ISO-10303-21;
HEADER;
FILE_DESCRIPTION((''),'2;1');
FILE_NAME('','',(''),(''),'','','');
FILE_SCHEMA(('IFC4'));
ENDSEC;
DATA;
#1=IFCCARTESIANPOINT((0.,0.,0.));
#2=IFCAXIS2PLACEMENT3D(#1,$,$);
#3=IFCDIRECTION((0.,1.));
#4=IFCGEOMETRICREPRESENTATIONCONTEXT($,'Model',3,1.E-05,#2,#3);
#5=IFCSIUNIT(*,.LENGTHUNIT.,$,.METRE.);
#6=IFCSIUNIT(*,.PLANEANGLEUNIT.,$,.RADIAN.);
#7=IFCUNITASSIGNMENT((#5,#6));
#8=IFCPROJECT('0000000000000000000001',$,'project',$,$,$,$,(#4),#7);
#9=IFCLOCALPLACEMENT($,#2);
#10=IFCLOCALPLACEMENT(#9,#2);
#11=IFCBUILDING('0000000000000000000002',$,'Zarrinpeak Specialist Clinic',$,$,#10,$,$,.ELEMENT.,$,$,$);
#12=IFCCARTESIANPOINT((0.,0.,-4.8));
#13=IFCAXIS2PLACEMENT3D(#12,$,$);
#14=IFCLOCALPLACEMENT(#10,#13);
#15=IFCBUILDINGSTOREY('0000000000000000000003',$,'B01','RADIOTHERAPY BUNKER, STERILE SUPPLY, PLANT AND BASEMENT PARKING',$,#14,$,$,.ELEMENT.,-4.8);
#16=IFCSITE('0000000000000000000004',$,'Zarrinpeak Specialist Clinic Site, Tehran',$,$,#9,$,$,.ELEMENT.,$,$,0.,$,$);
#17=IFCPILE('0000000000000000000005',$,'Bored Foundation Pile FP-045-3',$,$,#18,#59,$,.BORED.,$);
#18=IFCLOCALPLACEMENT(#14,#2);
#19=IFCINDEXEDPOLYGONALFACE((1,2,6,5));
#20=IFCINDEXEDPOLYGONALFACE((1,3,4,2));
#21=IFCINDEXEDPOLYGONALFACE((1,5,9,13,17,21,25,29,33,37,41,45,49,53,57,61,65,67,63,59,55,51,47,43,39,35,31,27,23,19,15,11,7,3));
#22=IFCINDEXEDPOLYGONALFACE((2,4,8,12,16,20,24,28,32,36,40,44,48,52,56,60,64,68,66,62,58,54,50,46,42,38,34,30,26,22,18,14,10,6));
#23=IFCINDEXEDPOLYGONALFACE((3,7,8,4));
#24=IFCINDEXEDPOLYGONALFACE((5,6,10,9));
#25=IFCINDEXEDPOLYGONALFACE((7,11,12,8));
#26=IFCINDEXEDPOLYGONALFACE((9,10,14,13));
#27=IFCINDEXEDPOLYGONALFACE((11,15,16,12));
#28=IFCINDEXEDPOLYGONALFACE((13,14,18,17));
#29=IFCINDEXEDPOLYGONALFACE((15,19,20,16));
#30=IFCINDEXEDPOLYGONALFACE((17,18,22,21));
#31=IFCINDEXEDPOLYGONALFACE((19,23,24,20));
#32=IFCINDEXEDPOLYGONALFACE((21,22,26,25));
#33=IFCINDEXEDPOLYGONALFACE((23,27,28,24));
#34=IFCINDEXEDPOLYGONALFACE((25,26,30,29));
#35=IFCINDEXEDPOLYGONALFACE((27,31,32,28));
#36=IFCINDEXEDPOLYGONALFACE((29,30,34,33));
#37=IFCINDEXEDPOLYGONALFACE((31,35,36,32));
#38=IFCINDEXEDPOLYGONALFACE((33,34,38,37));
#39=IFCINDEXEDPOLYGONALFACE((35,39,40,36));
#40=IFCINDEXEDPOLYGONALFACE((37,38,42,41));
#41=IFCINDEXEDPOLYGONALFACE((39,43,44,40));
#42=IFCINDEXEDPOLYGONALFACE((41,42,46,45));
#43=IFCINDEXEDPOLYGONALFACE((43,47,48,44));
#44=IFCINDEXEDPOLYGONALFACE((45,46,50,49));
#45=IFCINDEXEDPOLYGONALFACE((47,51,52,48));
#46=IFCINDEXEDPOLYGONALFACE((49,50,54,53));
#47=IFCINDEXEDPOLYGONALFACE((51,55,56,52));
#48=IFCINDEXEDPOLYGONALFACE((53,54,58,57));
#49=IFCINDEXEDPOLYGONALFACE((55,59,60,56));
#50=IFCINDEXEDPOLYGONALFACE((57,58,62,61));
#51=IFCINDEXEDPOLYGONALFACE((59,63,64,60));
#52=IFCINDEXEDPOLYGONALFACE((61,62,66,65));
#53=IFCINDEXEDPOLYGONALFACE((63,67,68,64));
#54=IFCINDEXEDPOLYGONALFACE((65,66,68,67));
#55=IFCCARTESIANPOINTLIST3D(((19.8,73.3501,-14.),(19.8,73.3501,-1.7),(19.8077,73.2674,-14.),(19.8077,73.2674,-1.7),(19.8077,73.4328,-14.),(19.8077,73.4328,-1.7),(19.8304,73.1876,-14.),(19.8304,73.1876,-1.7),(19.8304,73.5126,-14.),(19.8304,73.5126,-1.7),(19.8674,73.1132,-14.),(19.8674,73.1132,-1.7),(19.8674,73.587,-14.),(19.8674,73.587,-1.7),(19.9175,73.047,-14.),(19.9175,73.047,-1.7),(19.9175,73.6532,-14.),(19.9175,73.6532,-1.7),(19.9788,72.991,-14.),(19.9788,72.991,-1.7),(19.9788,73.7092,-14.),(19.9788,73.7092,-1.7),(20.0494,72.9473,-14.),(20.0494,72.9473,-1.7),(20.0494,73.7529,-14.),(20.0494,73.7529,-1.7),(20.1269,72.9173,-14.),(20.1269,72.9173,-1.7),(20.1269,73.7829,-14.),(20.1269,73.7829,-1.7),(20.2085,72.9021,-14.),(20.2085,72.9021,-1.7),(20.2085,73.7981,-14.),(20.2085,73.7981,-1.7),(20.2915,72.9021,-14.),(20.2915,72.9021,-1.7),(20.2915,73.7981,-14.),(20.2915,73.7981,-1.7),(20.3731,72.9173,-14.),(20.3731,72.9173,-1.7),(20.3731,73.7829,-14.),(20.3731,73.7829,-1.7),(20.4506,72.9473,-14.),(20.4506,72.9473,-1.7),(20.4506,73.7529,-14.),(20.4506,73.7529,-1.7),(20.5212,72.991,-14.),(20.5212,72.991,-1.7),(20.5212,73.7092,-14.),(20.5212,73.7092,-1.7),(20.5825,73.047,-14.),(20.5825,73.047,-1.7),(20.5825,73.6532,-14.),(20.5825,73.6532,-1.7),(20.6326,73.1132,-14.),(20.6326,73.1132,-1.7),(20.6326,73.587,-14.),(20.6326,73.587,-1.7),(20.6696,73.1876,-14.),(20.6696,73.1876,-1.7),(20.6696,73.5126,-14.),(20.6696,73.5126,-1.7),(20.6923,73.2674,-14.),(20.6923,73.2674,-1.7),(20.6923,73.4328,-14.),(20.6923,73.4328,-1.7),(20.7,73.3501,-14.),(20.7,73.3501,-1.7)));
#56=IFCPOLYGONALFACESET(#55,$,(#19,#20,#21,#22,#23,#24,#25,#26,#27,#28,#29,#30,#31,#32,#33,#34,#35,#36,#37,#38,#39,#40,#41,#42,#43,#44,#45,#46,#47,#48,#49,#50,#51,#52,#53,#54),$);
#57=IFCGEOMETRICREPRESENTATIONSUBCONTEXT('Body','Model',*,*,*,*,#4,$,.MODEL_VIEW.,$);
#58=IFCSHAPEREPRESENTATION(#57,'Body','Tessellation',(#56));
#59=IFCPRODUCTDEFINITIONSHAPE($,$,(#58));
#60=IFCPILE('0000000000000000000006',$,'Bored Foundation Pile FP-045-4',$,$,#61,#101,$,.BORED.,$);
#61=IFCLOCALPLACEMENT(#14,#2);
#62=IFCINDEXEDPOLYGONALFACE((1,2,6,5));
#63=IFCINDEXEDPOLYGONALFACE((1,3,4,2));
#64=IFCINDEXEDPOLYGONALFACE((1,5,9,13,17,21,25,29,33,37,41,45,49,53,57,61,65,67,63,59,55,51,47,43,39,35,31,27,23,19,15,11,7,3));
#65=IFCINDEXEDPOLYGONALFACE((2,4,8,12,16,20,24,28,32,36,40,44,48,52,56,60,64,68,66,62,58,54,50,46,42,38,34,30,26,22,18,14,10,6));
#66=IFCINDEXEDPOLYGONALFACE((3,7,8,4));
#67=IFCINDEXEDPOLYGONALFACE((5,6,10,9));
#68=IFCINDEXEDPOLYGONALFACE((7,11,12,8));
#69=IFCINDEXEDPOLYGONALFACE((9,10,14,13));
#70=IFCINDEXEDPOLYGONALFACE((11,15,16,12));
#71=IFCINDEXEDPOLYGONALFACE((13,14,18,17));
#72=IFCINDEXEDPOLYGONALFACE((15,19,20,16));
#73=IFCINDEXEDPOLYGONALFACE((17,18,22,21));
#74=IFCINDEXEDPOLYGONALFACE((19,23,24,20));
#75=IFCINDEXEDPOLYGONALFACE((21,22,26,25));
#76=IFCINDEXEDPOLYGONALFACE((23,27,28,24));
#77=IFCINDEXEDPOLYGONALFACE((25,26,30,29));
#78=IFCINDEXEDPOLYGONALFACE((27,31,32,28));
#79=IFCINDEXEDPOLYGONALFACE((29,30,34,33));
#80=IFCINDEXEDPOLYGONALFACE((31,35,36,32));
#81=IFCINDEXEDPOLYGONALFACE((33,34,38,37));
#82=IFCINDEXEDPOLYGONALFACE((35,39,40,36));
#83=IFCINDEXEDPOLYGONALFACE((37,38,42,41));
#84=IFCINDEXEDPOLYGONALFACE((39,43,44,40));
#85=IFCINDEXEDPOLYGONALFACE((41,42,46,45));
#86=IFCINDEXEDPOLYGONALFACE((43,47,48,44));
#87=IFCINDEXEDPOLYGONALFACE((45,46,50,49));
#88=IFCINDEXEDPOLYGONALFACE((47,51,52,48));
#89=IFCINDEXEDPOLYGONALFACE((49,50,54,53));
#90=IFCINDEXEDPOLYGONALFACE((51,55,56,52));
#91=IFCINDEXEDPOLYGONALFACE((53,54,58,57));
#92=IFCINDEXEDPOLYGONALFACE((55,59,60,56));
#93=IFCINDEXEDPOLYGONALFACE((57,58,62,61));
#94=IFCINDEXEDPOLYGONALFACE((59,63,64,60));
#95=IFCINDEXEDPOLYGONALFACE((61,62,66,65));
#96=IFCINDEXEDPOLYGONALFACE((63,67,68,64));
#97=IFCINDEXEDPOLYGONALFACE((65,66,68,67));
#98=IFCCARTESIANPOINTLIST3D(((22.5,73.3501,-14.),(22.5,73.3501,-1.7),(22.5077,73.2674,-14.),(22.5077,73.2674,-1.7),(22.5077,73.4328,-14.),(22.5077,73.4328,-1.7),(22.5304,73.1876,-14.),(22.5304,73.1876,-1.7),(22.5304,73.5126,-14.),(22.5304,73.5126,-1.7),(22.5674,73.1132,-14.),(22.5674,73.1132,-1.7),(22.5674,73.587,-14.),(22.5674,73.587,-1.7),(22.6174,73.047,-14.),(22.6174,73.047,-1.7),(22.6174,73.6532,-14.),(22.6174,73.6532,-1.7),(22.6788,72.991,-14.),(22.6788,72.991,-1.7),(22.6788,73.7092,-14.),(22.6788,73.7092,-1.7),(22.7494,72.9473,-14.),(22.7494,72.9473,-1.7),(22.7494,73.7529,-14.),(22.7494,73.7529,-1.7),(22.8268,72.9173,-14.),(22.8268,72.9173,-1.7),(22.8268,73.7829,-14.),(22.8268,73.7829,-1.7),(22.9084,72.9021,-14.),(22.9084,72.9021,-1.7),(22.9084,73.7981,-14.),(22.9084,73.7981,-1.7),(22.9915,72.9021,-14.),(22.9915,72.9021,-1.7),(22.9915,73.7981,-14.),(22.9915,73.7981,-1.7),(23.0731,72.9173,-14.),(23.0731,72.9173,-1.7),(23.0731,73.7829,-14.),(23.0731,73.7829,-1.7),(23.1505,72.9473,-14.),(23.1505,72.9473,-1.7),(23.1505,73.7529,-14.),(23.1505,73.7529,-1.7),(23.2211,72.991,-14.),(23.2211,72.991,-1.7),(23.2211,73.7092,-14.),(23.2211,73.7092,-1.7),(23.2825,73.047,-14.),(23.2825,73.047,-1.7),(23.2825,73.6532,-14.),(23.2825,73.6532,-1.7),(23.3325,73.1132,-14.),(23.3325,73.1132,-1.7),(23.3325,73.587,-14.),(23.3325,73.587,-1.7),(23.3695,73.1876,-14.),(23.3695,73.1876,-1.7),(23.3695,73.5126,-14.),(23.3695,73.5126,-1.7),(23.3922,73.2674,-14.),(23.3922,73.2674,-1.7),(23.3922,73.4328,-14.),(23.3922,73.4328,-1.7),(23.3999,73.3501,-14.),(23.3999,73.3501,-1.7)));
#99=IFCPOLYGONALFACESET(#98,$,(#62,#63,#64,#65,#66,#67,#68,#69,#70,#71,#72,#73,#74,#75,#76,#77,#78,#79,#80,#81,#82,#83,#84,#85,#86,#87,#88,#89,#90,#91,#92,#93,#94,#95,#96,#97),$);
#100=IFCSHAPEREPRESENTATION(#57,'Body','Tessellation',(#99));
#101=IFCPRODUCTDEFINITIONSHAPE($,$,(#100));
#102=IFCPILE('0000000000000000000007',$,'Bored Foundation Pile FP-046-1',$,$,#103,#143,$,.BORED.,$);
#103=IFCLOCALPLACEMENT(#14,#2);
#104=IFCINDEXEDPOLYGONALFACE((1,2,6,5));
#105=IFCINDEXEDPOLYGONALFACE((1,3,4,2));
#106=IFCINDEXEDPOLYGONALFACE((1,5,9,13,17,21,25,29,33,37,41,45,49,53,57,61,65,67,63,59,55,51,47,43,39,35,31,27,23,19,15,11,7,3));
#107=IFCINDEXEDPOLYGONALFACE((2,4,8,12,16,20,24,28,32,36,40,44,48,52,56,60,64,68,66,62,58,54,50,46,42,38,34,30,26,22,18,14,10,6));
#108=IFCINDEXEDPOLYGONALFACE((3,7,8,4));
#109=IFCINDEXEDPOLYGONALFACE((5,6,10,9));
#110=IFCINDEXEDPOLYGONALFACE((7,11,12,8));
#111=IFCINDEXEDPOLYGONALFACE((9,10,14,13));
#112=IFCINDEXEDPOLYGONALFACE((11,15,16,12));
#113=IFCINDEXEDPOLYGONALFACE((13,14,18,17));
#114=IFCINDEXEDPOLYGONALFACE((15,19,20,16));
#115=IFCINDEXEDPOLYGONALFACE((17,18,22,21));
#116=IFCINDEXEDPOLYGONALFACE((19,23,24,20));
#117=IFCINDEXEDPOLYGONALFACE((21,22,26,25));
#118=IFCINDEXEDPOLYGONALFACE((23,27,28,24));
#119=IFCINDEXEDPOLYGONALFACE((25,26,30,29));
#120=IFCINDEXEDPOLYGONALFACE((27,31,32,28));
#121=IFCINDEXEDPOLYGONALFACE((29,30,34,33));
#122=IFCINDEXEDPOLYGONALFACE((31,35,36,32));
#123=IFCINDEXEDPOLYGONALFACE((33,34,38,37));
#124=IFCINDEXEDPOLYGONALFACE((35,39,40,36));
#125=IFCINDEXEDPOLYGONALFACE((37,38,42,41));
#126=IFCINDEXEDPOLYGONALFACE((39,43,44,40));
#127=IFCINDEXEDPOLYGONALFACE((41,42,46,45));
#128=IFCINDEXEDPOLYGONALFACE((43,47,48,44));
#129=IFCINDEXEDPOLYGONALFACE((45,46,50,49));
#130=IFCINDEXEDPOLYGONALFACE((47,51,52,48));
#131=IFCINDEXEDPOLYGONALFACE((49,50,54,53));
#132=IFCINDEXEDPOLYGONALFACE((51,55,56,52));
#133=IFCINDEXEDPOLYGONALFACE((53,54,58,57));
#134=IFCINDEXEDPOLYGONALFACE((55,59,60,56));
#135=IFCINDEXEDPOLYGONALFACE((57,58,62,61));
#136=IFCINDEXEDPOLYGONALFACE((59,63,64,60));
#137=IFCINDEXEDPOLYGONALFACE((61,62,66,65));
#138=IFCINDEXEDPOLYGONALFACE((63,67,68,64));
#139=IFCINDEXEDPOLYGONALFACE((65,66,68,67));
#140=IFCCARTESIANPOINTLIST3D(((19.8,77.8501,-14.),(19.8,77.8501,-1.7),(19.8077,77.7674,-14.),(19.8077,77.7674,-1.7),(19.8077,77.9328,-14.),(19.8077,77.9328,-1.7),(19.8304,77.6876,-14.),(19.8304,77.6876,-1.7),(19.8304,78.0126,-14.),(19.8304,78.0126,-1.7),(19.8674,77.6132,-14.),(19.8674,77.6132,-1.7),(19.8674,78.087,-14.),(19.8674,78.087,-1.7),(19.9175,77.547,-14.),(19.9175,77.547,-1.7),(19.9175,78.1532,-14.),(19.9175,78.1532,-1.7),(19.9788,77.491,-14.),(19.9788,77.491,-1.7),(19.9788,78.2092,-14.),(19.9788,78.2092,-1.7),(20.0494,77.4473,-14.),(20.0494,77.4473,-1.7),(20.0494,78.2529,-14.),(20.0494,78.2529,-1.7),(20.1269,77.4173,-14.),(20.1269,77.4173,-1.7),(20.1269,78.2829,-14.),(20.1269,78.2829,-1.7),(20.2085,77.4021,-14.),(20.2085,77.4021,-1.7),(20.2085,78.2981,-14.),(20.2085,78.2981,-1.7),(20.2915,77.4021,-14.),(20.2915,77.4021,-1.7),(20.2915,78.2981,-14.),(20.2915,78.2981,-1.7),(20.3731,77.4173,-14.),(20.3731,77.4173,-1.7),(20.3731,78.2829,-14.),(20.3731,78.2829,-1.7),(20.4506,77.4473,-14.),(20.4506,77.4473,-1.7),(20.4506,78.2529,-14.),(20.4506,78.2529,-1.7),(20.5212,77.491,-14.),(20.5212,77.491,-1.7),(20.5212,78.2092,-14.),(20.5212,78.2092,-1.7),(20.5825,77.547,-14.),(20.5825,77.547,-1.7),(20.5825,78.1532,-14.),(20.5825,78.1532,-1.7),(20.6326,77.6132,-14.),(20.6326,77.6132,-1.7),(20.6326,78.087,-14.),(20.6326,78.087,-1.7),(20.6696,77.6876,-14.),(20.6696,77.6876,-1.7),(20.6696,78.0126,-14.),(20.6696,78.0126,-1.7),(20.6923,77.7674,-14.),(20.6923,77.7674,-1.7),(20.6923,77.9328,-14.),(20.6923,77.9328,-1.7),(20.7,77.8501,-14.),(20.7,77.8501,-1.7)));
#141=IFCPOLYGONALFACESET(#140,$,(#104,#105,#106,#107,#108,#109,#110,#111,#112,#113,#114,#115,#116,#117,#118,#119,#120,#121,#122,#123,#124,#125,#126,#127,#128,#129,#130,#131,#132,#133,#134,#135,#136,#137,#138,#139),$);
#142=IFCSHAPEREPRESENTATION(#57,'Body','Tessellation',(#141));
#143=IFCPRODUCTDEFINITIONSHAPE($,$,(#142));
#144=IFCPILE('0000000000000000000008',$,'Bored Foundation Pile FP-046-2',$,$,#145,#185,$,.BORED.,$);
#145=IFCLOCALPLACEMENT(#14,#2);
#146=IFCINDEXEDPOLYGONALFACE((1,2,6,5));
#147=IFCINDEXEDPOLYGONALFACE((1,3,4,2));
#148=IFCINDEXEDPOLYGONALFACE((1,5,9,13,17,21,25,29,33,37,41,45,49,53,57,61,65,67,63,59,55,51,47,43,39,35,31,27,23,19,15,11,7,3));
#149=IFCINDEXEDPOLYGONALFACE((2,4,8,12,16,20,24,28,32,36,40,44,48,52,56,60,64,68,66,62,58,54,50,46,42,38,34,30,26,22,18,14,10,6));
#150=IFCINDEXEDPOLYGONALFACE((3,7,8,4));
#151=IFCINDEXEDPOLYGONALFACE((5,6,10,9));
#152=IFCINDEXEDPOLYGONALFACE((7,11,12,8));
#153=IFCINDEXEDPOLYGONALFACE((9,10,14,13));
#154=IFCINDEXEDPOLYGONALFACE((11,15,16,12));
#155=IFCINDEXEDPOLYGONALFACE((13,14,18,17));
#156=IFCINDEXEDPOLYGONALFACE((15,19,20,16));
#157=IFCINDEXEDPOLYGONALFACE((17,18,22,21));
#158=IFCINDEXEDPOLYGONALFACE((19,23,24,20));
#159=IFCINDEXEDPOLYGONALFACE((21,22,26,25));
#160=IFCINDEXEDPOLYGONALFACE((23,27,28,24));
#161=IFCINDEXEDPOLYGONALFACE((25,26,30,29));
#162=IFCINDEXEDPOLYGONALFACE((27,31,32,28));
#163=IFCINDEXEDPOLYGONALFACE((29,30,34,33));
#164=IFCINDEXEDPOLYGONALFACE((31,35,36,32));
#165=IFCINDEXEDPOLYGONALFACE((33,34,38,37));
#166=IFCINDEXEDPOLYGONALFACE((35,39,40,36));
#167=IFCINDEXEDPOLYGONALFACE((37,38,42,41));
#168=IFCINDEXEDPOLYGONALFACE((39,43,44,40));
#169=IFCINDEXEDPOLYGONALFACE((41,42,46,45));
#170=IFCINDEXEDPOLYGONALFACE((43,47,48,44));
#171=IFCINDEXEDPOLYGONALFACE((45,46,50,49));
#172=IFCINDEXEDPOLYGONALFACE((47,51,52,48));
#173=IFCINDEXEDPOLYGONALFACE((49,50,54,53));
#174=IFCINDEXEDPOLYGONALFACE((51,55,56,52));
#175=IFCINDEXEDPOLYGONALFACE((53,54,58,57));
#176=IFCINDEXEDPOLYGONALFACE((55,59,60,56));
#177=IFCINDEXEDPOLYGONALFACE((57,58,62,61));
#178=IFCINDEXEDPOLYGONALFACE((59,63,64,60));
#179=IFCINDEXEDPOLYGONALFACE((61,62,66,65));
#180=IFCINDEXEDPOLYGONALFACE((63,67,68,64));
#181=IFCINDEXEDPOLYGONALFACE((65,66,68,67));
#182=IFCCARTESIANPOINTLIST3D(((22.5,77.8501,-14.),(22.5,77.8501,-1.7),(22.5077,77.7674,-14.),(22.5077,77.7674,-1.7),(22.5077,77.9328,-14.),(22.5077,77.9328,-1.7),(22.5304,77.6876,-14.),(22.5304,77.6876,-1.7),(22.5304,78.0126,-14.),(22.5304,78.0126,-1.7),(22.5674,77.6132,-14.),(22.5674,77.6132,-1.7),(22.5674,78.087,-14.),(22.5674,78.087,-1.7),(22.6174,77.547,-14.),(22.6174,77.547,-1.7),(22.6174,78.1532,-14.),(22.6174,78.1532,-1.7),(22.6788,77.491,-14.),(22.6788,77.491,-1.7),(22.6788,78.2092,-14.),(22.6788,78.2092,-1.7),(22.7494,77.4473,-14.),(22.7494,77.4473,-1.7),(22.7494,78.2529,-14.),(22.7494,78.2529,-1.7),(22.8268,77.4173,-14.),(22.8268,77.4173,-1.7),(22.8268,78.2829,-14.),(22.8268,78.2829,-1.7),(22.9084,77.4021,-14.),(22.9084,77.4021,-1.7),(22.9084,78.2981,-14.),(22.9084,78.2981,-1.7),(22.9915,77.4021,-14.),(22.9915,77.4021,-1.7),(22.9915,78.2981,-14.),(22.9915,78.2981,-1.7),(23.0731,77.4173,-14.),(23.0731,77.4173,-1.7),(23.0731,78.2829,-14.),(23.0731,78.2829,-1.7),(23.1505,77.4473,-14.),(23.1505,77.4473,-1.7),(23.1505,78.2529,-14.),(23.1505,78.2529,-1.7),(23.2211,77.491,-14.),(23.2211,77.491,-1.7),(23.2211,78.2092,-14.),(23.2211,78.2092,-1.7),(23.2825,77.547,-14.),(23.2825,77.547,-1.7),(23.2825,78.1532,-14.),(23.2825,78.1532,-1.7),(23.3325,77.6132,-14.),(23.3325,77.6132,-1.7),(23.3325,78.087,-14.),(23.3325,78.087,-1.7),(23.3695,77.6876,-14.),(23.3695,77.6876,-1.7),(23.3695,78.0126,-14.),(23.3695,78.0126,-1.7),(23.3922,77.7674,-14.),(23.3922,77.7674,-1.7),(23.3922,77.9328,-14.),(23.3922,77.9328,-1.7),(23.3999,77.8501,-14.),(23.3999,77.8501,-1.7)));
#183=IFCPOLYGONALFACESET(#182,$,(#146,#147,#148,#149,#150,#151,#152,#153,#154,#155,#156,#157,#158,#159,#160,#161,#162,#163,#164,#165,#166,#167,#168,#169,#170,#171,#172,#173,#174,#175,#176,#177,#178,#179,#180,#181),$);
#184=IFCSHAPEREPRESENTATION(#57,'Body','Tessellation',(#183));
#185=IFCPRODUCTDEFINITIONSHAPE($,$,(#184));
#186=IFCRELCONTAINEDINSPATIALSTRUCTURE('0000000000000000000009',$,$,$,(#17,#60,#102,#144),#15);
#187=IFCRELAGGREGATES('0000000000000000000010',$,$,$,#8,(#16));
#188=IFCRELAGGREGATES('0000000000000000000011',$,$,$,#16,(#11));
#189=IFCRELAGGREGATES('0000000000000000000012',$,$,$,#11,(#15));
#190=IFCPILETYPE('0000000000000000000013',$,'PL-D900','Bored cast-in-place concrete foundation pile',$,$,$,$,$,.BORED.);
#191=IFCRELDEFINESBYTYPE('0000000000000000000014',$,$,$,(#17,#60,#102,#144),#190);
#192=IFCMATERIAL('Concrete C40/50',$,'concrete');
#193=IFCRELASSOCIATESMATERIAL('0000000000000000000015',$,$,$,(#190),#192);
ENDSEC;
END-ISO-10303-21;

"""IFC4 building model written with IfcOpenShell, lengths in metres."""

from ifc_helpers import new_model, si_unit, direction, frame, origin, origin_2d, place, context, subcontext, project, spatial, circle, extrude, material, material_profile, profile_set, type_object, element, save


model = new_model("IFC4")

# Units and contexts
model_context = context("Model", 3, precision=1e-05, world=origin(), true_north=direction((0.0, 1.0)))
body_context = subcontext(model_context, "Body", "Model", "MODEL_VIEW")
ifc_project = project(units=[si_unit("LENGTHUNIT", "METRE"), si_unit("PLANEANGLEUNIT", "RADIAN")], contexts=[model_context])

# Site, building, storey
site_placement = place(None, origin())
site = spatial("IfcSite", under=ifc_project, at=site_placement, Name="Zarrinpeak Specialist Clinic Site, Tehran", CompositionType="ELEMENT", RefElevation=0.0)
building_placement = place(site_placement, origin())
building = spatial("IfcBuilding", under=site, at=building_placement, Name="Zarrinpeak Specialist Clinic", CompositionType="ELEMENT")
storey_placement = place(building_placement, frame((0.0, 0.0, -4.8)))
storey = spatial("IfcBuildingStorey", under=building, at=storey_placement, Name="B01", Description="RADIOTHERAPY BUNKER, STERILE SUPPLY, PLANT AND BASEMENT PARKING", CompositionType="ELEMENT", Elevation=-4.8)

# Shared definitions
ifc_material_1 = material(Name="Concrete C40/50", Category="concrete")

# Piles
ifc_material_profile_1 = material_profile(ifc_material_1, circle(Radius=0.45, at=origin_2d()), Name="BORED PILE D900")
ifc_profile_set_1 = profile_set([ifc_material_profile_1], Name="Concrete C40/50")
pile_type = type_object("IfcPileType", Name="PL-D900", Description="Bored cast-in-place concrete foundation pile", PredefinedType="BORED", material=ifc_profile_set_1)
for number, where, z_axis, x_axis, name in (
    (1, (20.25, 73.3501, -1.7), (0.0, 0.0, -1.0), (1.0, 0.0, 0.0), "Bored Foundation Pile FP-045-3"),
    (2, (22.95, 73.3501, -1.7), (0.0, 0.0, -1.0), (1.0, 0.0, 0.0), "Bored Foundation Pile FP-045-4"),
    (3, (20.25, 77.8501, -1.7), (0.0, 0.0, -1.0), (1.0, 0.0, 0.0), "Bored Foundation Pile FP-046-1"),
    (4, (22.95, 77.8501, -1.7), (0.0, 0.0, -1.0), (1.0, 0.0, 0.0), "Bored Foundation Pile FP-046-2"),
):
    element("IfcPile", number, at=place(storey_placement, frame(where, z_axis=z_axis, x_axis=x_axis)), inside=storey, type_object=pile_type, Name=name, PredefinedType="BORED", context=body_context, shape_type="SweptSolid", body=[
        extrude(circle(Radius=0.45, at=origin_2d()), origin(), (0.0, 0.0, 1.0), 12.3),
    ])

save(model, "model.ifc")
